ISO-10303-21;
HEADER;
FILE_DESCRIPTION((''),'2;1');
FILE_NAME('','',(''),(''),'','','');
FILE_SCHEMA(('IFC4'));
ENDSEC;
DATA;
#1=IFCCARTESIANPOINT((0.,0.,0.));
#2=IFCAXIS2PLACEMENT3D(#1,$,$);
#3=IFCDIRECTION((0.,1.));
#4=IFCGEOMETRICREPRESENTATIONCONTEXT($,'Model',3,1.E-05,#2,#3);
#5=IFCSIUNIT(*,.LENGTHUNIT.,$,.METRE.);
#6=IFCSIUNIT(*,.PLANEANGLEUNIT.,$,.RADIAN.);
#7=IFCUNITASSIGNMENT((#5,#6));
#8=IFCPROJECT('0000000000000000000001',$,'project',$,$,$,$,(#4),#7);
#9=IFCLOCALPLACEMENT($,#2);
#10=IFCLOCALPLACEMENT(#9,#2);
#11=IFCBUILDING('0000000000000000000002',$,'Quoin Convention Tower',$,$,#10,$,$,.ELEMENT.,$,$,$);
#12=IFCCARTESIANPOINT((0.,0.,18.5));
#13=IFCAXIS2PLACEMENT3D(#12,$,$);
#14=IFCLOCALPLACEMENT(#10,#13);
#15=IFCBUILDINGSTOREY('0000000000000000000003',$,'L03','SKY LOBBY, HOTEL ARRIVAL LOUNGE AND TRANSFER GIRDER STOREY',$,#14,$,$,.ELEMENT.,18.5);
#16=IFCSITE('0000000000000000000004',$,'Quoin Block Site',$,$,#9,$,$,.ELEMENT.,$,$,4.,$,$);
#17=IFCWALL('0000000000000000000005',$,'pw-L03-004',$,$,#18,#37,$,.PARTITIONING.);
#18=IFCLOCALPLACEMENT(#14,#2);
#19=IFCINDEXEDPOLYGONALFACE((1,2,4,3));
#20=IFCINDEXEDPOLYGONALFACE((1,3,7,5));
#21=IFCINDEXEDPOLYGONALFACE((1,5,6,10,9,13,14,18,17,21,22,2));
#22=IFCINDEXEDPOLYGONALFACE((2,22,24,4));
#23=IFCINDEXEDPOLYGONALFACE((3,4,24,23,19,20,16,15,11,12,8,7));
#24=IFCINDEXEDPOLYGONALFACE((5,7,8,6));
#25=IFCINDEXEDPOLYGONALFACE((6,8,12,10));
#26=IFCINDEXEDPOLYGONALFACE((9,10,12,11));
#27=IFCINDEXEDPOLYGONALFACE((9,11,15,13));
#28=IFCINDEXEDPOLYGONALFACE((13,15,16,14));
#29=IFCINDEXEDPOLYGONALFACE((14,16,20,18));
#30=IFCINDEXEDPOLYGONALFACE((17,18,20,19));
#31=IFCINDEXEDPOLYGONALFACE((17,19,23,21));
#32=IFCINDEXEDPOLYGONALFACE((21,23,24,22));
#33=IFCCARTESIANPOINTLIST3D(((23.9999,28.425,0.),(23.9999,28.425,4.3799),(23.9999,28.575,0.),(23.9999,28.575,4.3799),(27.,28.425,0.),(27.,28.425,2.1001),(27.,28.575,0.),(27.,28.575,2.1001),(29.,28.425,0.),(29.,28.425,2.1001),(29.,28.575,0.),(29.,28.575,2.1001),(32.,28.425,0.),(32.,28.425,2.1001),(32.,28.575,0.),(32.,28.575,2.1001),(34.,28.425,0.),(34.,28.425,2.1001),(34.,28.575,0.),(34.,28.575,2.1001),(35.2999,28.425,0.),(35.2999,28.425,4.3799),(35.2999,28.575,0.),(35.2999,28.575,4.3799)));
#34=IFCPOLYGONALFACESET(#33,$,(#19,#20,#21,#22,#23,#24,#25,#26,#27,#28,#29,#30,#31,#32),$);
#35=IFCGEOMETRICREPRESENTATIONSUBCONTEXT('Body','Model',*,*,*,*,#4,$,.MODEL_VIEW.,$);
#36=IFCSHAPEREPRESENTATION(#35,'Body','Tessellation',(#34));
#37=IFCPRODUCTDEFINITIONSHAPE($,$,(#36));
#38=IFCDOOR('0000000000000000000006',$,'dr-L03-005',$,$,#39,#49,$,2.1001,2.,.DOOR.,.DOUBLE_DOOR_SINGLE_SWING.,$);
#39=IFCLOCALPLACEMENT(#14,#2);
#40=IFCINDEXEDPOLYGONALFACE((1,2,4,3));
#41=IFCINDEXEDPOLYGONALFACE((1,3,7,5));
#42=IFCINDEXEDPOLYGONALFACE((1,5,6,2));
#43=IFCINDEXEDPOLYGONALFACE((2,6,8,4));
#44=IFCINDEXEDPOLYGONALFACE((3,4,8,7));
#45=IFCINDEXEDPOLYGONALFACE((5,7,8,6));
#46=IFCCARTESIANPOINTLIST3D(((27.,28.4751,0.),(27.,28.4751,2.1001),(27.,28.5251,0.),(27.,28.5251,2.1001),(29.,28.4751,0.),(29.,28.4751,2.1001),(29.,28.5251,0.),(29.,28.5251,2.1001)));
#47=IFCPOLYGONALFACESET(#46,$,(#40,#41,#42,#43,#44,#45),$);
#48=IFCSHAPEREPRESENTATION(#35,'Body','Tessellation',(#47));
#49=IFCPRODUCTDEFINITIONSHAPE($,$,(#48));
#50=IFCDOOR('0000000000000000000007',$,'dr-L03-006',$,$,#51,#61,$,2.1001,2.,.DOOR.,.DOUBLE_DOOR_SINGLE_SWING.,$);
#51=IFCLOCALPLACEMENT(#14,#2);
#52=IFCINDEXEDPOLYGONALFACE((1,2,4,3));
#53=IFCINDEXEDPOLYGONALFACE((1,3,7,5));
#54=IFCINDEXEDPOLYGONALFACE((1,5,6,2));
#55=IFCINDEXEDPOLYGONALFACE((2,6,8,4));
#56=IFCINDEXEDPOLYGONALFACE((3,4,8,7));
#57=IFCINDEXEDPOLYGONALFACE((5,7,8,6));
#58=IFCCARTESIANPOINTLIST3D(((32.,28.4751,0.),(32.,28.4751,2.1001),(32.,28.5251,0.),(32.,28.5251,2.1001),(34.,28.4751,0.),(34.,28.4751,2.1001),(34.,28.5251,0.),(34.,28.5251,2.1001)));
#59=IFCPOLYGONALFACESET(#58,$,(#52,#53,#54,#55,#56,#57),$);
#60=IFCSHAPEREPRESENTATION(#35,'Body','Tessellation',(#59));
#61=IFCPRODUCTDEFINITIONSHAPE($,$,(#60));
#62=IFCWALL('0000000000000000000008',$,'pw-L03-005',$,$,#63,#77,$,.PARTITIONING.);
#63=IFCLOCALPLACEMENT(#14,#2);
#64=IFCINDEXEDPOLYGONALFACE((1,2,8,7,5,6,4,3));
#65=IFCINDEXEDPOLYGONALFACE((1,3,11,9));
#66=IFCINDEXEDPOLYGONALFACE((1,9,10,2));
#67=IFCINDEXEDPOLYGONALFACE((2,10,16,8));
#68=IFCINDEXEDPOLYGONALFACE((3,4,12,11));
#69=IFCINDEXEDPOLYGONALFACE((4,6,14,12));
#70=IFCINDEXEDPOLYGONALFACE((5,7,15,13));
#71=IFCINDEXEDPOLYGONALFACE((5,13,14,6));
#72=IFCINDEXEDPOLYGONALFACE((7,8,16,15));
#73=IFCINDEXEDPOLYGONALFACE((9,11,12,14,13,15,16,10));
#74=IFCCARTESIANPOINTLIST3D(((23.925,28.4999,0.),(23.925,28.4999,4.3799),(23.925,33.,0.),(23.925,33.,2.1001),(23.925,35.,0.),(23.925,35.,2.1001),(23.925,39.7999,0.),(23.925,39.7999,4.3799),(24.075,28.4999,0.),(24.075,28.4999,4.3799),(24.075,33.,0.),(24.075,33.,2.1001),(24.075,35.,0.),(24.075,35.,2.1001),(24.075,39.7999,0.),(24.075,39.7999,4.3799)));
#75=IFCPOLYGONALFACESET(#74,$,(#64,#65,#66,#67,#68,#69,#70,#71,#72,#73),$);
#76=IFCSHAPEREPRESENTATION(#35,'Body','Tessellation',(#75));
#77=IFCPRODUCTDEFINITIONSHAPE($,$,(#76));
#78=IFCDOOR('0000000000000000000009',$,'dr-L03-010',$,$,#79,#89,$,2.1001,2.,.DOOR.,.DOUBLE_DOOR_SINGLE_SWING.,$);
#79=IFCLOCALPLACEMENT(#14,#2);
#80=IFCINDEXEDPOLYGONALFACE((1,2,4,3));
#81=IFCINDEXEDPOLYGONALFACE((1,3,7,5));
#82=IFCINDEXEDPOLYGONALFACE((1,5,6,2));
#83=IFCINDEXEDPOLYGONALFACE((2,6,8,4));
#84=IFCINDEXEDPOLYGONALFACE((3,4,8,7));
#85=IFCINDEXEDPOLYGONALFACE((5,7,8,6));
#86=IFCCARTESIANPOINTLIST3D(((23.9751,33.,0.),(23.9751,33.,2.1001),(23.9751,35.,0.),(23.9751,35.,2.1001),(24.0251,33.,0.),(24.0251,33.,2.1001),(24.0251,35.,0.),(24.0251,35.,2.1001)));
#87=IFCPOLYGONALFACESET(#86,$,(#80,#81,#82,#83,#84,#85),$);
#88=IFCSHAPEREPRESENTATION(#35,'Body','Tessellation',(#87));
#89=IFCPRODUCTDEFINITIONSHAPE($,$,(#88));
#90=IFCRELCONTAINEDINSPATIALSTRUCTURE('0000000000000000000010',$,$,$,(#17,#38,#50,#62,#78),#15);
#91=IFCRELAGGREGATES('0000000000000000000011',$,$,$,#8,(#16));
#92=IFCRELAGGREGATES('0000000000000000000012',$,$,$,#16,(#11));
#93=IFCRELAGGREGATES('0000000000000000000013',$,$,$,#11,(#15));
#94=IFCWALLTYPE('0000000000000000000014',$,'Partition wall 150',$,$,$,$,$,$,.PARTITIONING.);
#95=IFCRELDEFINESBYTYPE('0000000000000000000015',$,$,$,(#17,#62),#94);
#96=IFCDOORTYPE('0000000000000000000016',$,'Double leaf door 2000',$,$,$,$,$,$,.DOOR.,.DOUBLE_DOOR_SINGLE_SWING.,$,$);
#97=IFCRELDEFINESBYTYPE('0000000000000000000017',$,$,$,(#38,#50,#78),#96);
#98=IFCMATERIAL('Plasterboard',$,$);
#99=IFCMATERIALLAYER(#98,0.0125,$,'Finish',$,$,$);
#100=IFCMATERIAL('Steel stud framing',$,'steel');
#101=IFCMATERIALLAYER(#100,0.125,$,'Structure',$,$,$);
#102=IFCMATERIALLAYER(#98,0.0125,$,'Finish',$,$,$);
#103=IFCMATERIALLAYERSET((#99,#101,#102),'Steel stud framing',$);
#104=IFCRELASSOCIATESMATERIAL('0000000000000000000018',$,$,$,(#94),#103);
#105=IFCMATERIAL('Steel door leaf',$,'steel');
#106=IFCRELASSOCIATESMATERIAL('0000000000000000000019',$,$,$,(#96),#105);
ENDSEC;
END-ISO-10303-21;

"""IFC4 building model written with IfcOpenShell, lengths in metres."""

from ifc_helpers import new_model, si_unit, direction, frame, frame_2d, origin, place, context, subcontext, project, spatial, rectangle, extrude, material, layer, layer_set, type_object, element, fill, save


model = new_model("IFC4")

# Units and contexts
model_context = context("Model", 3, precision=1e-05, world=origin(), true_north=direction((0.0, 1.0)))
body_context = subcontext(model_context, "Body", "Model", "MODEL_VIEW")
ifc_project = project(units=[si_unit("LENGTHUNIT", "METRE"), si_unit("PLANEANGLEUNIT", "RADIAN")], contexts=[model_context])

# Site, building, storey
site_placement = place(None, origin())
site = spatial("IfcSite", under=ifc_project, at=site_placement, Name="Quoin Block Site", CompositionType="ELEMENT", RefElevation=4.0)
building_placement = place(site_placement, origin())
building = spatial("IfcBuilding", under=site, at=building_placement, Name="Quoin Convention Tower", CompositionType="ELEMENT")
storey_placement = place(building_placement, frame((0.0, 0.0, 18.5)))
storey = spatial("IfcBuildingStorey", under=building, at=storey_placement, Name="L03", Description="SKY LOBBY, HOTEL ARRIVAL LOUNGE AND TRANSFER GIRDER STOREY", CompositionType="ELEMENT", Elevation=18.5)

# Shared definitions
ifc_material_1 = material(Name="Plasterboard")
ifc_layer_1 = layer(ifc_material_1, 0.0125, Name="Finish")
ifc_material_2 = material(Name="Steel stud framing", Category="steel")
ifc_layer_2 = layer(ifc_material_2, 0.125, Name="Structure")
ifc_layer_3 = layer(ifc_material_1, 0.0125, Name="Finish")
ifc_layer_set_1 = layer_set([ifc_layer_1, ifc_layer_2, ifc_layer_3], Name="Steel stud framing")
wall_type_1 = type_object("IfcWallType", Name="Partition wall 150", PredefinedType="PARTITIONING", material=ifc_layer_set_1)

# Wall, openings, doors
wall_1_placement = place(storey_placement, frame((24.0, 28.5, 0.0), z_axis=(0.0, 0.0, 1.0), x_axis=(1.0, 0.0, 0.0)))
wall_1 = element("IfcWall", 1, at=wall_1_placement, inside=storey, type_object=wall_type_1, Name="pw-L03-004", PredefinedType="PARTITIONING", context=body_context, shape_type="SweptSolid", body=[
    extrude(rectangle(XDim=11.3, YDim=0.1499, at=frame_2d((5.6499, 0.0))), origin(), (0.0, 0.0, 1.0), 4.3799),
])
opening_1_placement = place(wall_1_placement, frame((3.0, 0.0, 0.0)))
opening_1 = element("IfcOpeningElement", 2, at=opening_1_placement, cuts=wall_1, PredefinedType="OPENING", context=body_context, shape_type="SweptSolid", body=[
    extrude(rectangle(XDim=2.0, YDim=2.1001, at=frame_2d((1.0, 1.05))), frame((0.0, 0.085, 0.0), z_axis=(0.0, -1.0, 0.0), x_axis=(1.0, 0.0, 0.0)), (0.0, 0.0, 1.0), 0.1699),
])
opening_2_placement = place(wall_1_placement, frame((8.0, 0.0, 0.0)))
opening_2 = element("IfcOpeningElement", 3, at=opening_2_placement, cuts=wall_1, PredefinedType="OPENING", context=body_context, shape_type="SweptSolid", body=[
    extrude(rectangle(XDim=2.0, YDim=2.1001, at=frame_2d((1.0, 1.05))), frame((0.0, 0.085, 0.0), z_axis=(0.0, -1.0, 0.0), x_axis=(1.0, 0.0, 0.0)), (0.0, 0.0, 1.0), 0.1699),
])
ifc_material_3 = material(Name="Steel door leaf", Category="steel")
door_type = type_object("IfcDoorType", Name="Double leaf door 2000", OperationType="DOUBLE_DOOR_SINGLE_SWING", PredefinedType="DOOR", material=ifc_material_3)
door_1_placement = place(opening_1_placement, frame((2.0, 0.0, 0.0), z_axis=(0.0, 0.0, 1.0), x_axis=(-1.0, 0.0, 0.0)))
door_1 = element("IfcDoor", 4, at=door_1_placement, inside=storey, type_object=door_type, Name="dr-L03-005", OperationType="DOUBLE_DOOR_SINGLE_SWING", OverallHeight=2.1001, OverallWidth=2.0, PredefinedType="DOOR", context=body_context, shape_type="SweptSolid", body=[
    extrude(rectangle(XDim=2.0, YDim=2.1001, at=frame_2d((1.0, 1.05))), frame((0.0, 0.0249, 0.0), z_axis=(0.0, -1.0, 0.0), x_axis=(1.0, 0.0, 0.0)), (0.0, 0.0, 1.0), 0.05),
])
fill(opening_1, door_1)
door_2_placement = place(opening_2_placement, frame((2.0, 0.0, 0.0), z_axis=(0.0, 0.0, 1.0), x_axis=(-1.0, 0.0, 0.0)))
door_2 = element("IfcDoor", 5, at=door_2_placement, inside=storey, type_object=door_type, Name="dr-L03-006", OperationType="DOUBLE_DOOR_SINGLE_SWING", OverallHeight=2.1001, OverallWidth=2.0, PredefinedType="DOOR", context=body_context, shape_type="SweptSolid", body=[
    extrude(rectangle(XDim=2.0, YDim=2.1001, at=frame_2d((1.0, 1.05))), frame((0.0, 0.0249, 0.0), z_axis=(0.0, -1.0, 0.0), x_axis=(1.0, 0.0, 0.0)), (0.0, 0.0, 1.0), 0.05),
])
fill(opening_2, door_2)

# Wall, opening, door
wall_2_placement = place(storey_placement, frame((24.0, 28.5, 0.0), z_axis=(0.0, 0.0, 1.0), x_axis=(0.0, 1.0, 0.0)))
wall_2 = element("IfcWall", 6, at=wall_2_placement, inside=storey, type_object=wall_type_1, Name="pw-L03-005", PredefinedType="PARTITIONING", context=body_context, shape_type="SweptSolid", body=[
    extrude(rectangle(XDim=11.3, YDim=0.1499, at=frame_2d((5.6499, 0.0))), origin(), (0.0, 0.0, 1.0), 4.3799),
])
opening_3_placement = place(wall_2_placement, frame((4.5, 0.0, 0.0)))
opening_3 = element("IfcOpeningElement", 7, at=opening_3_placement, cuts=wall_2, PredefinedType="OPENING", context=body_context, shape_type="SweptSolid", body=[
    extrude(rectangle(XDim=2.0, YDim=2.1001, at=frame_2d((1.0, 1.05))), frame((0.0, 0.085, 0.0), z_axis=(0.0, -1.0, 0.0), x_axis=(1.0, 0.0, 0.0)), (0.0, 0.0, 1.0), 0.1699),
])
door_3_placement = place(opening_3_placement, origin())
door_3 = element("IfcDoor", 8, at=door_3_placement, inside=storey, type_object=door_type, Name="dr-L03-010", OperationType="DOUBLE_DOOR_SINGLE_SWING", OverallHeight=2.1001, OverallWidth=2.0, PredefinedType="DOOR", context=body_context, shape_type="SweptSolid", body=[
    extrude(rectangle(XDim=2.0, YDim=2.1001, at=frame_2d((1.0, 1.05))), frame((0.0, 0.0249, 0.0), z_axis=(0.0, -1.0, 0.0), x_axis=(1.0, 0.0, 0.0)), (0.0, 0.0, 1.0), 0.05),
])
fill(opening_3, door_3)

save(model, "model.ifc")
